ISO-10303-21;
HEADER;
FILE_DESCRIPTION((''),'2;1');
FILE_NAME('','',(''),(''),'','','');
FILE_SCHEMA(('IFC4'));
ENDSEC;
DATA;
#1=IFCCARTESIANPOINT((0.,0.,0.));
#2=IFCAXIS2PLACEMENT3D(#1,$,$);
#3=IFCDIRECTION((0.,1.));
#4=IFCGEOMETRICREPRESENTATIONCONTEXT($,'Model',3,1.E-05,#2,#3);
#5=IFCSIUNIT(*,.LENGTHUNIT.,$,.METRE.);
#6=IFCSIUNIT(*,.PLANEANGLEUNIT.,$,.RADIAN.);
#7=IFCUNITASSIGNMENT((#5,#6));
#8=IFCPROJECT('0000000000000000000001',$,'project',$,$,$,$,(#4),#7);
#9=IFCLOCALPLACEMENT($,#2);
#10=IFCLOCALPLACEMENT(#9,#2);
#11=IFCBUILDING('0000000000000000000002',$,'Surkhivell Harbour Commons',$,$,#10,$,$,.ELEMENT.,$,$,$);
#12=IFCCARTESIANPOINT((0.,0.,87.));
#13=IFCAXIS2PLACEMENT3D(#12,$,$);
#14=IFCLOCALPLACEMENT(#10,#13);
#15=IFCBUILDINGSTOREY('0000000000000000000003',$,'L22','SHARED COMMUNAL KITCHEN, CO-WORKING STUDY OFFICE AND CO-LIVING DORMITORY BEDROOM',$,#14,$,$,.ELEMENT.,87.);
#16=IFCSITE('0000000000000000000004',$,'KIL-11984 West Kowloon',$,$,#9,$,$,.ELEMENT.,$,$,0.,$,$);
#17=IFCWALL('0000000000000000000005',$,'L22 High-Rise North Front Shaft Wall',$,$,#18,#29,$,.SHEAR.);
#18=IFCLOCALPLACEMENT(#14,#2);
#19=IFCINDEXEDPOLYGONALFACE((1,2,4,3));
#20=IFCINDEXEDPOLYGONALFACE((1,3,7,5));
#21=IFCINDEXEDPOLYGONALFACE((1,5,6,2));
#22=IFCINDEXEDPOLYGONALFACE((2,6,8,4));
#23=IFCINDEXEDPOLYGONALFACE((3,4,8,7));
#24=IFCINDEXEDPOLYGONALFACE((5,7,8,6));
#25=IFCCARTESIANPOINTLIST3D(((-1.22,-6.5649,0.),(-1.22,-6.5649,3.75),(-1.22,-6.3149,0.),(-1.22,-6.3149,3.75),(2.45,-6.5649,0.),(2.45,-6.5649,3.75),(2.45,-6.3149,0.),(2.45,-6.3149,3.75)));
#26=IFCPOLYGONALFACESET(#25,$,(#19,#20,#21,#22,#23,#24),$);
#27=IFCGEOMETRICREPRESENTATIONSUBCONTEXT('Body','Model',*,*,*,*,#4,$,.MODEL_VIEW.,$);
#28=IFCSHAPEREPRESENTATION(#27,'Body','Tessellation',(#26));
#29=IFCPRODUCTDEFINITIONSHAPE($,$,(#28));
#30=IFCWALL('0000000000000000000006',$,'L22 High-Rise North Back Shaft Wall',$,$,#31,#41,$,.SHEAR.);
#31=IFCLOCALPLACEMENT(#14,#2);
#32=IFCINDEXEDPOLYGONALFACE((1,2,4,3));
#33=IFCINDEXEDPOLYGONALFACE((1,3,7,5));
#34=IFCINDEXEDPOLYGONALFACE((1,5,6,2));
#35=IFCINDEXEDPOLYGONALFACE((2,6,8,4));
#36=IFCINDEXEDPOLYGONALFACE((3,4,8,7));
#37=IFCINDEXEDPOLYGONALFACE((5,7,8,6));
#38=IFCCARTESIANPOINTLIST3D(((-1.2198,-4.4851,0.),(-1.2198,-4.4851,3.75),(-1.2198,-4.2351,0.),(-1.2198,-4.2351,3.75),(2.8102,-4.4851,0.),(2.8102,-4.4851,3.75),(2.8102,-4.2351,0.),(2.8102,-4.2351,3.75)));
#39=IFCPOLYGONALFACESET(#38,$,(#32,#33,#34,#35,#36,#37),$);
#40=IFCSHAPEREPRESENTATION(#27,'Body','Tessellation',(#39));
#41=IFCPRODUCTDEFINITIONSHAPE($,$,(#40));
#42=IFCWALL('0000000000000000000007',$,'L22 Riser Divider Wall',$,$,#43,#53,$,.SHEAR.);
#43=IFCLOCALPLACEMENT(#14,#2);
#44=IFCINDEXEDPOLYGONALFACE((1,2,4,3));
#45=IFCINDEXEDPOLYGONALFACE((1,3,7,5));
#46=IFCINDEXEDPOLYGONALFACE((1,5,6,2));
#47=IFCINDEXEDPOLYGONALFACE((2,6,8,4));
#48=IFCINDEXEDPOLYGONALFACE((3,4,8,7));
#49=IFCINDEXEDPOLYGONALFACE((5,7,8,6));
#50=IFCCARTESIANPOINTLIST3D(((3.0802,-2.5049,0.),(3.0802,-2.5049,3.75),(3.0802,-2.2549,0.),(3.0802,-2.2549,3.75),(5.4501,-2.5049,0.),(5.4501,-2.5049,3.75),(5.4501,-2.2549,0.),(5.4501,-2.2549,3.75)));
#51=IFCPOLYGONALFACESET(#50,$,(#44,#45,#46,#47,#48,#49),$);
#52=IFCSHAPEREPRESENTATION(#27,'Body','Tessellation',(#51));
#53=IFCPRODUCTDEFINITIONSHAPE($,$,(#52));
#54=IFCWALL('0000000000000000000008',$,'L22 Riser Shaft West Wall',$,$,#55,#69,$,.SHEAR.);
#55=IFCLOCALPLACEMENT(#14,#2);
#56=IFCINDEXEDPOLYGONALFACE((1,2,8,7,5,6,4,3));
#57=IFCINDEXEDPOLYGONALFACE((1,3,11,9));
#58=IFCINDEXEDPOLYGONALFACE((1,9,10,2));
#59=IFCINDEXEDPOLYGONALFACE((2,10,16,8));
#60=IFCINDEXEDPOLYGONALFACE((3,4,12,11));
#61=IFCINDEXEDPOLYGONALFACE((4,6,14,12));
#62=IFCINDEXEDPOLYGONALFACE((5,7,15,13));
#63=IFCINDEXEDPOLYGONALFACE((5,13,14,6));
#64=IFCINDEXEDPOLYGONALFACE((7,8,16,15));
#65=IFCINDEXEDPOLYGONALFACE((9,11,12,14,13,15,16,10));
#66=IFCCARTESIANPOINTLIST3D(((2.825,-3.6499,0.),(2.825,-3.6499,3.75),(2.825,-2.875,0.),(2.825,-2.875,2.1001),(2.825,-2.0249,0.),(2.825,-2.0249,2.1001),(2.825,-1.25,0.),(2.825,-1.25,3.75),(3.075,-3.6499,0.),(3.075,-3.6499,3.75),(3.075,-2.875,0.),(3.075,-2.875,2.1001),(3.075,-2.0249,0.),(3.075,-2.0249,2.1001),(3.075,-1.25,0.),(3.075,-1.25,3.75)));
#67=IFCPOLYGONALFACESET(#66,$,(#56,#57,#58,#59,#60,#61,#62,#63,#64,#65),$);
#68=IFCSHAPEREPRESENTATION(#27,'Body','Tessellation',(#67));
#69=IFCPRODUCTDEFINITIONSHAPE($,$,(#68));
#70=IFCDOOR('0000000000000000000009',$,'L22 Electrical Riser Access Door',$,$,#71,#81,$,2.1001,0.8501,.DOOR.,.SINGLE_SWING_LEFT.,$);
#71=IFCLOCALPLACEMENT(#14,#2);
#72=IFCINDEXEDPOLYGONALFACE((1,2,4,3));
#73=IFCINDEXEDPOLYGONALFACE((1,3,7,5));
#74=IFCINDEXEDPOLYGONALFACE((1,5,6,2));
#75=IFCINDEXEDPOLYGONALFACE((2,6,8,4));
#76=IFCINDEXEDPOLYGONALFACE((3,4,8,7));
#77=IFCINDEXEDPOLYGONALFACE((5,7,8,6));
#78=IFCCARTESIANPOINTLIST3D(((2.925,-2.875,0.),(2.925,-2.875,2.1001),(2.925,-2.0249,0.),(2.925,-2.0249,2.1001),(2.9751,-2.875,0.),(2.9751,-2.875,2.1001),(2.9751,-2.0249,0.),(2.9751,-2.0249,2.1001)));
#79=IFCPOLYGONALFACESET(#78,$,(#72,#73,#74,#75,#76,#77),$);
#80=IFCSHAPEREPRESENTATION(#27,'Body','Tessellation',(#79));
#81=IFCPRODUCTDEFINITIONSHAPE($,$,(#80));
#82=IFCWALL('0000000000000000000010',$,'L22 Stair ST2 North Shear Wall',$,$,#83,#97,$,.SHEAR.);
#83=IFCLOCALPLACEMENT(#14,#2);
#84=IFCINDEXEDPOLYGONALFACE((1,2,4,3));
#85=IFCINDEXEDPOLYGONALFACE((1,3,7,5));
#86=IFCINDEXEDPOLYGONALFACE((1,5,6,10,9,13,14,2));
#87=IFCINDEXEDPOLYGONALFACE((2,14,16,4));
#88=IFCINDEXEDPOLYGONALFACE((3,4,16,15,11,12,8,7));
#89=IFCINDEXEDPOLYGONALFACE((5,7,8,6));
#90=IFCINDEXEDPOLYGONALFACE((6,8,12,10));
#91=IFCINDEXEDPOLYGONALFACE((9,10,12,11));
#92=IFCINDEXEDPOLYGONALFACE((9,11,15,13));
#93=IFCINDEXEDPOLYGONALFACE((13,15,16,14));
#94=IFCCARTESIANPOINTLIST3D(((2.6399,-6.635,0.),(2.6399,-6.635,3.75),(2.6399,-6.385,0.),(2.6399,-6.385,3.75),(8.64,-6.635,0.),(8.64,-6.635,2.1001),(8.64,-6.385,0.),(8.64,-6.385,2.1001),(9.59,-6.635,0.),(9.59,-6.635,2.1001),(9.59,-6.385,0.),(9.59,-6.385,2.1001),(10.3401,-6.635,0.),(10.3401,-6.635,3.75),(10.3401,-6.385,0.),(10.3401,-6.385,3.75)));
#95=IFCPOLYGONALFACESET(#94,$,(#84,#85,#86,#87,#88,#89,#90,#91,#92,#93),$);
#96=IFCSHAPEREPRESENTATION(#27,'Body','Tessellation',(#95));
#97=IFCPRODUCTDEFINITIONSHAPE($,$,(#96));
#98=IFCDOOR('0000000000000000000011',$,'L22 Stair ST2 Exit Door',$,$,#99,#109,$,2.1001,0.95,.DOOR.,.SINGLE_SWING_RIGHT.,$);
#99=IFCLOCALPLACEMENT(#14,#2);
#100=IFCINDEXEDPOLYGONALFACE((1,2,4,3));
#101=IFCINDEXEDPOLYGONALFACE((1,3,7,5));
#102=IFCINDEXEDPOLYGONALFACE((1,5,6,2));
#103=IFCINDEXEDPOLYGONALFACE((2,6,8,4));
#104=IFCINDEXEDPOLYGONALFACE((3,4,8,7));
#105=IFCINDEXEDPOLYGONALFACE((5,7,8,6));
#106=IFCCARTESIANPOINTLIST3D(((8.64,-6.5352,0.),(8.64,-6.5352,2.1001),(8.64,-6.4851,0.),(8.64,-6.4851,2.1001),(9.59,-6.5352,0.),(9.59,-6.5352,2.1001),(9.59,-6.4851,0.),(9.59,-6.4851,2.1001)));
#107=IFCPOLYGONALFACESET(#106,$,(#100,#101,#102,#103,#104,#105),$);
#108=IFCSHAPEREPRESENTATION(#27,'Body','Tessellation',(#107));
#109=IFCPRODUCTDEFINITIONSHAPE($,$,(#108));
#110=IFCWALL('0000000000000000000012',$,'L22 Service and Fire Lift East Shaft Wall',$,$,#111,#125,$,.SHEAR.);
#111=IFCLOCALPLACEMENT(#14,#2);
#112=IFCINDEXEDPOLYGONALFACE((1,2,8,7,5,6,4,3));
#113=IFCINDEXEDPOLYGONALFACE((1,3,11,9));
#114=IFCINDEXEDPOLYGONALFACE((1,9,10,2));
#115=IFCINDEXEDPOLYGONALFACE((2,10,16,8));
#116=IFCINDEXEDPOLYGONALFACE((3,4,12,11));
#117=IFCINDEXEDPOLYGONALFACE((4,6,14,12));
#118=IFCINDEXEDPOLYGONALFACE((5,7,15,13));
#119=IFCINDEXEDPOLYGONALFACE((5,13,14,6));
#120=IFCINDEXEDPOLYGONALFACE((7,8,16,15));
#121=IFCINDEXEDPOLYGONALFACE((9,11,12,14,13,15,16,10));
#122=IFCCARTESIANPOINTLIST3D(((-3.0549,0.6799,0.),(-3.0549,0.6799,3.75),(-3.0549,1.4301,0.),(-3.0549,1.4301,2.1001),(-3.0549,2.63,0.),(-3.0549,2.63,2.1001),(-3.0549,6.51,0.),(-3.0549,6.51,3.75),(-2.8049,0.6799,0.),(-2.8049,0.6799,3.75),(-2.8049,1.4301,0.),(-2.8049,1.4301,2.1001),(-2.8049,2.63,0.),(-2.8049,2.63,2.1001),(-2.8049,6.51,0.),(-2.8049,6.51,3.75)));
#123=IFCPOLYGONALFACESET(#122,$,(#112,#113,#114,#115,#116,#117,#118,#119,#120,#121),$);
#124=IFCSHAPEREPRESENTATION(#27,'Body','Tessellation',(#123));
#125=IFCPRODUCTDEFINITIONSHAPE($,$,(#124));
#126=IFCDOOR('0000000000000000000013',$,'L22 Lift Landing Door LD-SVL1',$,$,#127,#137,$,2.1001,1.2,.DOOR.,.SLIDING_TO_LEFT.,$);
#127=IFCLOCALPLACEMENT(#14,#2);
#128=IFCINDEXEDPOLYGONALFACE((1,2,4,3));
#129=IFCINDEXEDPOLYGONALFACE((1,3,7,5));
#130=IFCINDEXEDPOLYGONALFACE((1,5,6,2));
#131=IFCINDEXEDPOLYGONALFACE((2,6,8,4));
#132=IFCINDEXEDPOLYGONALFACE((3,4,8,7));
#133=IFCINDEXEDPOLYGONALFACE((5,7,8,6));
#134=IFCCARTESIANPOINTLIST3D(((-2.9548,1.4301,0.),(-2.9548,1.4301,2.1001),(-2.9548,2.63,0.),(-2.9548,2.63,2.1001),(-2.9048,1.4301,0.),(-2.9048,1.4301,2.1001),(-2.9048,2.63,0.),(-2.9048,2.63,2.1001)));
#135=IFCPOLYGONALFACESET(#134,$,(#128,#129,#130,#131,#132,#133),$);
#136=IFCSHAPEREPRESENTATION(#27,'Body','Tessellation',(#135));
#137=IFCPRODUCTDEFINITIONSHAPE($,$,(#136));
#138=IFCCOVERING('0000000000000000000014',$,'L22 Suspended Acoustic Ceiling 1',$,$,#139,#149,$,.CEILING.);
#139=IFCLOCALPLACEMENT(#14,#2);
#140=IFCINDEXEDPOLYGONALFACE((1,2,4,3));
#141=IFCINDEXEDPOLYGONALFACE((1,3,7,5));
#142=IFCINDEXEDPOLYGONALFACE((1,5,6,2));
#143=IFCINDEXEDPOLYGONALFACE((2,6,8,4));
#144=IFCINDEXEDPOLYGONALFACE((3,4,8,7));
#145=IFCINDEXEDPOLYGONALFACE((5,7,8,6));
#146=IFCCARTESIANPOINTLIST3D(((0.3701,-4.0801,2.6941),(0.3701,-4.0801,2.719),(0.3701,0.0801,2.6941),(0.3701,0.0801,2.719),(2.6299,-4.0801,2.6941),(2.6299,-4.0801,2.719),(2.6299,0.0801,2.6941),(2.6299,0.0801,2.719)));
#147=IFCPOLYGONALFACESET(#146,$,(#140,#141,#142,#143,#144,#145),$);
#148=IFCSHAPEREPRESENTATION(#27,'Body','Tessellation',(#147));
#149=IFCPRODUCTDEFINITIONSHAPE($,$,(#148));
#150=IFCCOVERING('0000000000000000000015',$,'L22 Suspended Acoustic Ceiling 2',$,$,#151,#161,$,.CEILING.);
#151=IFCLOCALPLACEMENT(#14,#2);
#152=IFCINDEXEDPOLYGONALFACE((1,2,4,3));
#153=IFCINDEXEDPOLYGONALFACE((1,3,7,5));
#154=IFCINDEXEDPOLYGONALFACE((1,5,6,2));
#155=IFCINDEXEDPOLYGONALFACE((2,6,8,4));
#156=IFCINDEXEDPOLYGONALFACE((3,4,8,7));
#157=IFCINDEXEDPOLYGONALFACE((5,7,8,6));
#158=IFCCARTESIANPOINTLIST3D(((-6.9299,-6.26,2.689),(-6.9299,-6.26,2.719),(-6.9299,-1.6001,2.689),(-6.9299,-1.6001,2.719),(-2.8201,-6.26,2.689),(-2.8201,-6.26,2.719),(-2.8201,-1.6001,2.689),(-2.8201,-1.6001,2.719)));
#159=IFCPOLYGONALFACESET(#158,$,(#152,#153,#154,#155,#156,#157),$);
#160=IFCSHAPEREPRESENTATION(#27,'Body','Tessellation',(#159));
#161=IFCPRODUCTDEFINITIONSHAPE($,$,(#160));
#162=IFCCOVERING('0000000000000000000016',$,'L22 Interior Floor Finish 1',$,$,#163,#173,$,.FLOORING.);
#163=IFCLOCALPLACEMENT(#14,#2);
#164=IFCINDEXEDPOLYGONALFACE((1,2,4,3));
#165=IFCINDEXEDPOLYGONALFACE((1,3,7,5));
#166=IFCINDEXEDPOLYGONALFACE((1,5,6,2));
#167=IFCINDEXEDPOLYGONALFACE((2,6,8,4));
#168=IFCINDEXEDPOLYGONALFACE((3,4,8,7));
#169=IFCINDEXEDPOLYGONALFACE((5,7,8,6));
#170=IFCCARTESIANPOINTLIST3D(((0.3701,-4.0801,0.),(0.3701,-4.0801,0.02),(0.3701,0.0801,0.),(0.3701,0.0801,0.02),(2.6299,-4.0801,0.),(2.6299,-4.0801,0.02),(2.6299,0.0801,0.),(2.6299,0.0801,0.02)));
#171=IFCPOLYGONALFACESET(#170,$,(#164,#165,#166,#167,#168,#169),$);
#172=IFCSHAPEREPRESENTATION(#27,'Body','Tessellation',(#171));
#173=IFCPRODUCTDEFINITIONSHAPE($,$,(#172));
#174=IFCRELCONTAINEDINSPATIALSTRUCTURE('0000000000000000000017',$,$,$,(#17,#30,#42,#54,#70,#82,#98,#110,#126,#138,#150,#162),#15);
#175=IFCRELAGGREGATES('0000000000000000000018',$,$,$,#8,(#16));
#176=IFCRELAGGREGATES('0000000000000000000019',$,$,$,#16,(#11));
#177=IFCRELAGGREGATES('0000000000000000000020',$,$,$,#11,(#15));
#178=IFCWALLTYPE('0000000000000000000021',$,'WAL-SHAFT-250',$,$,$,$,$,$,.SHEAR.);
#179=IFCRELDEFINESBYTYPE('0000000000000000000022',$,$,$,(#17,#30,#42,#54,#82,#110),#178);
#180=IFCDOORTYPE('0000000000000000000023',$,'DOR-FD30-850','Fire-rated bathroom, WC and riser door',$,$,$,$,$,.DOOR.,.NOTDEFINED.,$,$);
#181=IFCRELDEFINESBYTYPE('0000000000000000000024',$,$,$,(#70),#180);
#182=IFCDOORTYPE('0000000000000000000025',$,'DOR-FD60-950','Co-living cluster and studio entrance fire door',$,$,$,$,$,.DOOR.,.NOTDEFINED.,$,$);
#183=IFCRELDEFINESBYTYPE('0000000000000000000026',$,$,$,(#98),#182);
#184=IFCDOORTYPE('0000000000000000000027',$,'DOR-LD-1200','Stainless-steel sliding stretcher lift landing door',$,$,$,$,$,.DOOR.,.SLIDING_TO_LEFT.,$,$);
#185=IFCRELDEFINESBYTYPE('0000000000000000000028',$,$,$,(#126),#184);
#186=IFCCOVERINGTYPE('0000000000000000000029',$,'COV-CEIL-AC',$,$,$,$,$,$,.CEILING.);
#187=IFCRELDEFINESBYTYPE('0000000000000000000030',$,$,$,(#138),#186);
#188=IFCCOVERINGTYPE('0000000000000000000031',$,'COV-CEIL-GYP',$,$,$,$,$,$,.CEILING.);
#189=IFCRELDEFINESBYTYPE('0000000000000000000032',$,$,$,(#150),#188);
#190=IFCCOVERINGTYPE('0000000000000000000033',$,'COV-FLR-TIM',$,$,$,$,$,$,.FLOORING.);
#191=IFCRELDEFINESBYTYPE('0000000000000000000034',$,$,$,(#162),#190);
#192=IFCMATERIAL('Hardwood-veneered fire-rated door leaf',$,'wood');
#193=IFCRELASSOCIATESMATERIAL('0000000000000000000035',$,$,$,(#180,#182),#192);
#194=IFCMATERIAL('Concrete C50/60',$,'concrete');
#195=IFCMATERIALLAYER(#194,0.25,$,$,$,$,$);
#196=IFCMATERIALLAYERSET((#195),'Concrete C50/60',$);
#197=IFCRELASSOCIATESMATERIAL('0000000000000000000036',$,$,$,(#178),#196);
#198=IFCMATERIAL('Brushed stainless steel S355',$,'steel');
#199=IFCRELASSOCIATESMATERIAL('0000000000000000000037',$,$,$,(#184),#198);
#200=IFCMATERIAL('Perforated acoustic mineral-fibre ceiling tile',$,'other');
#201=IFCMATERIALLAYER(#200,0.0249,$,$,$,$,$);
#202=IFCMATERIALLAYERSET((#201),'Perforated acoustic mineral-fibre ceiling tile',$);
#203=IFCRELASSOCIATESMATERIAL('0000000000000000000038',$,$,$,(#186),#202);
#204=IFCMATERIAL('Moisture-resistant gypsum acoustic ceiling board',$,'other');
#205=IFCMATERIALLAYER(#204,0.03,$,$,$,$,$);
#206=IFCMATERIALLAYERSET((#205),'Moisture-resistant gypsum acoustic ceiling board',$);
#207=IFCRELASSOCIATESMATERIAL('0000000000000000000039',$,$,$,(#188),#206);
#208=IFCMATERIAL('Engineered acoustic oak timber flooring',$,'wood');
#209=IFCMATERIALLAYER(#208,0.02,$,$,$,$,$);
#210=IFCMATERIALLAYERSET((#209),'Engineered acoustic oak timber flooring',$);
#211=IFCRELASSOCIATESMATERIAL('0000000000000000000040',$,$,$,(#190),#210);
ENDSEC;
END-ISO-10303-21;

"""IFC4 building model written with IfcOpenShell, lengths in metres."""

from ifc_helpers import new_model, si_unit, direction, frame, frame_2d, origin, place, context, subcontext, project, spatial, polyline, rectangle, outline, extrude, material, layer, layer_set, type_object, element, fill, save


model = new_model("IFC4")

# Units and contexts
model_context = context("Model", 3, precision=1e-05, world=origin(), true_north=direction((0.0, 1.0)))
body_context = subcontext(model_context, "Body", "Model", "MODEL_VIEW")
ifc_project = project(units=[si_unit("LENGTHUNIT", "METRE"), si_unit("PLANEANGLEUNIT", "RADIAN")], contexts=[model_context])

# Site, building, storey
site_placement = place(None, origin())
site = spatial("IfcSite", under=ifc_project, at=site_placement, Name="KIL-11984 West Kowloon", CompositionType="ELEMENT", RefElevation=0.0)
building_placement = place(site_placement, origin())
building = spatial("IfcBuilding", under=site, at=building_placement, Name="Surkhivell Harbour Commons", CompositionType="ELEMENT")
storey_placement = place(building_placement, frame((0.0, 0.0, 87.0)))
storey = spatial("IfcBuildingStorey", under=building, at=storey_placement, Name="L22", Description="SHARED COMMUNAL KITCHEN, CO-WORKING STUDY OFFICE AND CO-LIVING DORMITORY BEDROOM", CompositionType="ELEMENT", Elevation=87.0)

# Shared definitions
ifc_material_1 = material(Name="Hardwood-veneered fire-rated door leaf", Category="wood")
door_type_1 = type_object("IfcDoorType", Name="DOR-FD30-850", Description="Fire-rated bathroom, WC and riser door", OperationType="NOTDEFINED", PredefinedType="DOOR", material=ifc_material_1)

# Walls
ifc_material_2 = material(Name="Concrete C50/60", Category="concrete")
ifc_layer_1 = layer(ifc_material_2, 0.25)
ifc_layer_set_1 = layer_set([ifc_layer_1], Name="Concrete C50/60")
wall_type_1 = type_object("IfcWallType", Name="WAL-SHAFT-250", PredefinedType="SHEAR", material=ifc_layer_set_1)
wall_1_placement = place(storey_placement, frame((-1.22, -6.4399, 0.0), z_axis=(0.0, 0.0, 1.0), x_axis=(1.0, 0.0, 0.0)))
element("IfcWall", 1, at=wall_1_placement, inside=storey, type_object=wall_type_1, Name="L22 High-Rise North Front Shaft Wall", PredefinedType="SHEAR", context=body_context, shape_type="SweptSolid", body=[
    extrude(rectangle(XDim=3.6699, YDim=0.25, at=frame_2d((1.835, 0.0))), origin(), (0.0, 0.0, 1.0), 3.75),
])
wall_2_placement = place(storey_placement, frame((-1.22, -4.3601, 0.0), z_axis=(0.0, 0.0, 1.0), x_axis=(1.0, 0.0, 0.0)))
element("IfcWall", 2, at=wall_2_placement, inside=storey, type_object=wall_type_1, Name="L22 High-Rise North Back Shaft Wall", PredefinedType="SHEAR", context=body_context, shape_type="SweptSolid", body=[
    extrude(rectangle(XDim=4.03, YDim=0.25, at=frame_2d((2.0151, 0.0))), origin(), (0.0, 0.0, 1.0), 3.75),
])
wall_3_placement = place(storey_placement, frame((3.0801, -2.3799, 0.0), z_axis=(0.0, 0.0, 1.0), x_axis=(1.0, 0.0, 0.0)))
element("IfcWall", 3, at=wall_3_placement, inside=storey, type_object=wall_type_1, Name="L22 Riser Divider Wall", PredefinedType="SHEAR", context=body_context, shape_type="SweptSolid", body=[
    extrude(rectangle(XDim=2.3699, YDim=0.25, at=frame_2d((1.1851, 0.0))), origin(), (0.0, 0.0, 1.0), 3.75),
])

# Walls, openings, doors
wall_4_placement = place(storey_placement, frame((2.95, -3.6499, 0.0), z_axis=(0.0, 0.0, 1.0), x_axis=(0.0, 1.0, 0.0)))
wall_4 = element("IfcWall", 4, at=wall_4_placement, inside=storey, type_object=wall_type_1, Name="L22 Riser Shaft West Wall", PredefinedType="SHEAR", context=body_context, shape_type="SweptSolid", body=[
    extrude(rectangle(XDim=2.3999, YDim=0.25, at=frame_2d((1.2, 0.0))), origin(), (0.0, 0.0, 1.0), 3.75),
])
opening_1_placement = place(wall_4_placement, frame((0.7749, 0.0, 0.0)))
opening_1 = element("IfcOpeningElement", 5, at=opening_1_placement, cuts=wall_4, PredefinedType="OPENING", context=body_context, shape_type="SweptSolid", body=[
    extrude(rectangle(XDim=0.8501, YDim=2.1001, at=frame_2d((0.425, 1.05))), frame((0.0, 0.135, 0.0), z_axis=(0.0, -1.0, 0.0), x_axis=(1.0, 0.0, 0.0)), (0.0, 0.0, 1.0), 0.27),
])
door_1_placement = place(opening_1_placement, origin())
door_1 = element("IfcDoor", 6, at=door_1_placement, inside=storey, type_object=door_type_1, Name="L22 Electrical Riser Access Door", OperationType="SINGLE_SWING_LEFT", OverallHeight=2.1001, OverallWidth=0.8501, PredefinedType="DOOR", context=body_context, shape_type="SweptSolid", body=[
    extrude(rectangle(XDim=0.8501, YDim=2.1001, at=frame_2d((0.425, 1.05))), frame((0.0, 0.0249, 0.0), z_axis=(0.0, -1.0, 0.0), x_axis=(1.0, 0.0, 0.0)), (0.0, 0.0, 1.0), 0.05),
])
fill(opening_1, door_1)
wall_5_placement = place(storey_placement, frame((2.6399, -6.51, 0.0), z_axis=(0.0, 0.0, 1.0), x_axis=(1.0, 0.0, 0.0)))
wall_5 = element("IfcWall", 7, at=wall_5_placement, inside=storey, type_object=wall_type_1, Name="L22 Stair ST2 North Shear Wall", PredefinedType="SHEAR", context=body_context, shape_type="SweptSolid", body=[
    extrude(rectangle(XDim=7.7002, YDim=0.25, at=frame_2d((3.8501, 0.0))), origin(), (0.0, 0.0, 1.0), 3.75),
])
opening_2_placement = place(wall_5_placement, frame((6.0, 0.0, 0.0)))
opening_2 = element("IfcOpeningElement", 8, at=opening_2_placement, cuts=wall_5, PredefinedType="OPENING", context=body_context, shape_type="SweptSolid", body=[
    extrude(rectangle(XDim=0.95, YDim=2.1001, at=frame_2d((0.4751, 1.05))), frame((0.0, 0.135, 0.0), z_axis=(0.0, -1.0, 0.0), x_axis=(1.0, 0.0, 0.0)), (0.0, 0.0, 1.0), 0.27),
])
door_type_2 = type_object("IfcDoorType", Name="DOR-FD60-950", Description="Co-living cluster and studio entrance fire door", OperationType="NOTDEFINED", PredefinedType="DOOR", material=ifc_material_1)
door_2_placement = place(opening_2_placement, origin())
door_2 = element("IfcDoor", 9, at=door_2_placement, inside=storey, type_object=door_type_2, Name="L22 Stair ST2 Exit Door", OperationType="SINGLE_SWING_RIGHT", OverallHeight=2.1001, OverallWidth=0.95, PredefinedType="DOOR", context=body_context, shape_type="SweptSolid", body=[
    extrude(rectangle(XDim=0.95, YDim=2.1001, at=frame_2d((0.4751, 1.05))), frame((0.0, 0.0249, 0.0), z_axis=(0.0, -1.0, 0.0), x_axis=(1.0, 0.0, 0.0)), (0.0, 0.0, 1.0), 0.05),
])
fill(opening_2, door_2)
wall_6_placement = place(storey_placement, frame((-2.9299, 0.6799, 0.0), z_axis=(0.0, 0.0, 1.0), x_axis=(0.0, 1.0, 0.0)))
wall_6 = element("IfcWall", 10, at=wall_6_placement, inside=storey, type_object=wall_type_1, Name="L22 Service and Fire Lift East Shaft Wall", PredefinedType="SHEAR", context=body_context, shape_type="SweptSolid", body=[
    extrude(rectangle(XDim=5.8301, YDim=0.25, at=frame_2d((2.915, 0.0))), origin(), (0.0, 0.0, 1.0), 3.75),
])
opening_3_placement = place(wall_6_placement, frame((0.75, 0.0, 0.0)))
opening_3 = element("IfcOpeningElement", 11, at=opening_3_placement, cuts=wall_6, PredefinedType="OPENING", context=body_context, shape_type="SweptSolid", body=[
    extrude(rectangle(XDim=1.2, YDim=2.1001, at=frame_2d((0.6001, 1.05))), frame((0.0, 0.135, 0.0), z_axis=(0.0, -1.0, 0.0), x_axis=(1.0, 0.0, 0.0)), (0.0, 0.0, 1.0), 0.27),
])
ifc_material_3 = material(Name="Brushed stainless steel S355", Category="steel")
door_type_3 = type_object("IfcDoorType", Name="DOR-LD-1200", Description="Stainless-steel sliding stretcher lift landing door", OperationType="SLIDING_TO_LEFT", PredefinedType="DOOR", material=ifc_material_3)
door_3_placement = place(opening_3_placement, origin())
door_3 = element("IfcDoor", 12, at=door_3_placement, inside=storey, type_object=door_type_3, Name="L22 Lift Landing Door LD-SVL1", OperationType="SLIDING_TO_LEFT", OverallHeight=2.1001, OverallWidth=1.2, PredefinedType="DOOR", context=body_context, shape_type="SweptSolid", body=[
    extrude(rectangle(XDim=1.2, YDim=2.1001, at=frame_2d((0.6001, 1.05))), frame((0.0, 0.0249, 0.0), z_axis=(0.0, -1.0, 0.0), x_axis=(1.0, 0.0, 0.0)), (0.0, 0.0, 1.0), 0.05),
])
fill(opening_3, door_3)

# Coverings
ifc_material_4 = material(Name="Perforated acoustic mineral-fibre ceiling tile", Category="other")
ifc_layer_2 = layer(ifc_material_4, 0.0249)
ifc_layer_set_2 = layer_set([ifc_layer_2], Name="Perforated acoustic mineral-fibre ceiling tile")
covering_type_1 = type_object("IfcCoveringType", Name="COV-CEIL-AC", PredefinedType="CEILING", material=ifc_layer_set_2)
covering_1_placement = place(storey_placement, frame((0.0, 0.0, 2.6941)))
element("IfcCovering", 13, at=covering_1_placement, inside=storey, type_object=covering_type_1, Name="L22 Suspended Acoustic Ceiling 1", PredefinedType="CEILING", context=body_context, shape_type="SweptSolid", body=[
    extrude(outline(polyline([(0.3701, -4.0801), (2.6299, -4.0801), (2.6299, 0.0801), (0.3701, 0.0801), (0.3701, -4.0801)])), origin(), (0.0, 0.0, 1.0), 0.0249),
])
ifc_material_5 = material(Name="Moisture-resistant gypsum acoustic ceiling board", Category="other")
ifc_layer_3 = layer(ifc_material_5, 0.03)
ifc_layer_set_3 = layer_set([ifc_layer_3], Name="Moisture-resistant gypsum acoustic ceiling board")
covering_type_2 = type_object("IfcCoveringType", Name="COV-CEIL-GYP", PredefinedType="CEILING", material=ifc_layer_set_3)
covering_2_placement = place(storey_placement, frame((0.0, 0.0, 2.689)))
element("IfcCovering", 14, at=covering_2_placement, inside=storey, type_object=covering_type_2, Name="L22 Suspended Acoustic Ceiling 2", PredefinedType="CEILING", context=body_context, shape_type="SweptSolid", body=[
    extrude(outline(polyline([(-6.9299, -6.26), (-2.8201, -6.26), (-2.8201, -1.6001), (-6.9299, -1.6001), (-6.9299, -6.26)])), origin(), (0.0, 0.0, 1.0), 0.03),
])
ifc_material_6 = material(Name="Engineered acoustic oak timber flooring", Category="wood")
ifc_layer_4 = layer(ifc_material_6, 0.02)
ifc_layer_set_4 = layer_set([ifc_layer_4], Name="Engineered acoustic oak timber flooring")
covering_type_3 = type_object("IfcCoveringType", Name="COV-FLR-TIM", PredefinedType="FLOORING", material=ifc_layer_set_4)
covering_3_placement = place(storey_placement, origin())
element("IfcCovering", 15, at=covering_3_placement, inside=storey, type_object=covering_type_3, Name="L22 Interior Floor Finish 1", PredefinedType="FLOORING", context=body_context, shape_type="SweptSolid", body=[
    extrude(outline(polyline([(0.3701, -4.0801), (2.6299, -4.0801), (2.6299, 0.0801), (0.3701, 0.0801), (0.3701, -4.0801)])), origin(), (0.0, 0.0, 1.0), 0.02),
])

save(model, "model.ifc")
